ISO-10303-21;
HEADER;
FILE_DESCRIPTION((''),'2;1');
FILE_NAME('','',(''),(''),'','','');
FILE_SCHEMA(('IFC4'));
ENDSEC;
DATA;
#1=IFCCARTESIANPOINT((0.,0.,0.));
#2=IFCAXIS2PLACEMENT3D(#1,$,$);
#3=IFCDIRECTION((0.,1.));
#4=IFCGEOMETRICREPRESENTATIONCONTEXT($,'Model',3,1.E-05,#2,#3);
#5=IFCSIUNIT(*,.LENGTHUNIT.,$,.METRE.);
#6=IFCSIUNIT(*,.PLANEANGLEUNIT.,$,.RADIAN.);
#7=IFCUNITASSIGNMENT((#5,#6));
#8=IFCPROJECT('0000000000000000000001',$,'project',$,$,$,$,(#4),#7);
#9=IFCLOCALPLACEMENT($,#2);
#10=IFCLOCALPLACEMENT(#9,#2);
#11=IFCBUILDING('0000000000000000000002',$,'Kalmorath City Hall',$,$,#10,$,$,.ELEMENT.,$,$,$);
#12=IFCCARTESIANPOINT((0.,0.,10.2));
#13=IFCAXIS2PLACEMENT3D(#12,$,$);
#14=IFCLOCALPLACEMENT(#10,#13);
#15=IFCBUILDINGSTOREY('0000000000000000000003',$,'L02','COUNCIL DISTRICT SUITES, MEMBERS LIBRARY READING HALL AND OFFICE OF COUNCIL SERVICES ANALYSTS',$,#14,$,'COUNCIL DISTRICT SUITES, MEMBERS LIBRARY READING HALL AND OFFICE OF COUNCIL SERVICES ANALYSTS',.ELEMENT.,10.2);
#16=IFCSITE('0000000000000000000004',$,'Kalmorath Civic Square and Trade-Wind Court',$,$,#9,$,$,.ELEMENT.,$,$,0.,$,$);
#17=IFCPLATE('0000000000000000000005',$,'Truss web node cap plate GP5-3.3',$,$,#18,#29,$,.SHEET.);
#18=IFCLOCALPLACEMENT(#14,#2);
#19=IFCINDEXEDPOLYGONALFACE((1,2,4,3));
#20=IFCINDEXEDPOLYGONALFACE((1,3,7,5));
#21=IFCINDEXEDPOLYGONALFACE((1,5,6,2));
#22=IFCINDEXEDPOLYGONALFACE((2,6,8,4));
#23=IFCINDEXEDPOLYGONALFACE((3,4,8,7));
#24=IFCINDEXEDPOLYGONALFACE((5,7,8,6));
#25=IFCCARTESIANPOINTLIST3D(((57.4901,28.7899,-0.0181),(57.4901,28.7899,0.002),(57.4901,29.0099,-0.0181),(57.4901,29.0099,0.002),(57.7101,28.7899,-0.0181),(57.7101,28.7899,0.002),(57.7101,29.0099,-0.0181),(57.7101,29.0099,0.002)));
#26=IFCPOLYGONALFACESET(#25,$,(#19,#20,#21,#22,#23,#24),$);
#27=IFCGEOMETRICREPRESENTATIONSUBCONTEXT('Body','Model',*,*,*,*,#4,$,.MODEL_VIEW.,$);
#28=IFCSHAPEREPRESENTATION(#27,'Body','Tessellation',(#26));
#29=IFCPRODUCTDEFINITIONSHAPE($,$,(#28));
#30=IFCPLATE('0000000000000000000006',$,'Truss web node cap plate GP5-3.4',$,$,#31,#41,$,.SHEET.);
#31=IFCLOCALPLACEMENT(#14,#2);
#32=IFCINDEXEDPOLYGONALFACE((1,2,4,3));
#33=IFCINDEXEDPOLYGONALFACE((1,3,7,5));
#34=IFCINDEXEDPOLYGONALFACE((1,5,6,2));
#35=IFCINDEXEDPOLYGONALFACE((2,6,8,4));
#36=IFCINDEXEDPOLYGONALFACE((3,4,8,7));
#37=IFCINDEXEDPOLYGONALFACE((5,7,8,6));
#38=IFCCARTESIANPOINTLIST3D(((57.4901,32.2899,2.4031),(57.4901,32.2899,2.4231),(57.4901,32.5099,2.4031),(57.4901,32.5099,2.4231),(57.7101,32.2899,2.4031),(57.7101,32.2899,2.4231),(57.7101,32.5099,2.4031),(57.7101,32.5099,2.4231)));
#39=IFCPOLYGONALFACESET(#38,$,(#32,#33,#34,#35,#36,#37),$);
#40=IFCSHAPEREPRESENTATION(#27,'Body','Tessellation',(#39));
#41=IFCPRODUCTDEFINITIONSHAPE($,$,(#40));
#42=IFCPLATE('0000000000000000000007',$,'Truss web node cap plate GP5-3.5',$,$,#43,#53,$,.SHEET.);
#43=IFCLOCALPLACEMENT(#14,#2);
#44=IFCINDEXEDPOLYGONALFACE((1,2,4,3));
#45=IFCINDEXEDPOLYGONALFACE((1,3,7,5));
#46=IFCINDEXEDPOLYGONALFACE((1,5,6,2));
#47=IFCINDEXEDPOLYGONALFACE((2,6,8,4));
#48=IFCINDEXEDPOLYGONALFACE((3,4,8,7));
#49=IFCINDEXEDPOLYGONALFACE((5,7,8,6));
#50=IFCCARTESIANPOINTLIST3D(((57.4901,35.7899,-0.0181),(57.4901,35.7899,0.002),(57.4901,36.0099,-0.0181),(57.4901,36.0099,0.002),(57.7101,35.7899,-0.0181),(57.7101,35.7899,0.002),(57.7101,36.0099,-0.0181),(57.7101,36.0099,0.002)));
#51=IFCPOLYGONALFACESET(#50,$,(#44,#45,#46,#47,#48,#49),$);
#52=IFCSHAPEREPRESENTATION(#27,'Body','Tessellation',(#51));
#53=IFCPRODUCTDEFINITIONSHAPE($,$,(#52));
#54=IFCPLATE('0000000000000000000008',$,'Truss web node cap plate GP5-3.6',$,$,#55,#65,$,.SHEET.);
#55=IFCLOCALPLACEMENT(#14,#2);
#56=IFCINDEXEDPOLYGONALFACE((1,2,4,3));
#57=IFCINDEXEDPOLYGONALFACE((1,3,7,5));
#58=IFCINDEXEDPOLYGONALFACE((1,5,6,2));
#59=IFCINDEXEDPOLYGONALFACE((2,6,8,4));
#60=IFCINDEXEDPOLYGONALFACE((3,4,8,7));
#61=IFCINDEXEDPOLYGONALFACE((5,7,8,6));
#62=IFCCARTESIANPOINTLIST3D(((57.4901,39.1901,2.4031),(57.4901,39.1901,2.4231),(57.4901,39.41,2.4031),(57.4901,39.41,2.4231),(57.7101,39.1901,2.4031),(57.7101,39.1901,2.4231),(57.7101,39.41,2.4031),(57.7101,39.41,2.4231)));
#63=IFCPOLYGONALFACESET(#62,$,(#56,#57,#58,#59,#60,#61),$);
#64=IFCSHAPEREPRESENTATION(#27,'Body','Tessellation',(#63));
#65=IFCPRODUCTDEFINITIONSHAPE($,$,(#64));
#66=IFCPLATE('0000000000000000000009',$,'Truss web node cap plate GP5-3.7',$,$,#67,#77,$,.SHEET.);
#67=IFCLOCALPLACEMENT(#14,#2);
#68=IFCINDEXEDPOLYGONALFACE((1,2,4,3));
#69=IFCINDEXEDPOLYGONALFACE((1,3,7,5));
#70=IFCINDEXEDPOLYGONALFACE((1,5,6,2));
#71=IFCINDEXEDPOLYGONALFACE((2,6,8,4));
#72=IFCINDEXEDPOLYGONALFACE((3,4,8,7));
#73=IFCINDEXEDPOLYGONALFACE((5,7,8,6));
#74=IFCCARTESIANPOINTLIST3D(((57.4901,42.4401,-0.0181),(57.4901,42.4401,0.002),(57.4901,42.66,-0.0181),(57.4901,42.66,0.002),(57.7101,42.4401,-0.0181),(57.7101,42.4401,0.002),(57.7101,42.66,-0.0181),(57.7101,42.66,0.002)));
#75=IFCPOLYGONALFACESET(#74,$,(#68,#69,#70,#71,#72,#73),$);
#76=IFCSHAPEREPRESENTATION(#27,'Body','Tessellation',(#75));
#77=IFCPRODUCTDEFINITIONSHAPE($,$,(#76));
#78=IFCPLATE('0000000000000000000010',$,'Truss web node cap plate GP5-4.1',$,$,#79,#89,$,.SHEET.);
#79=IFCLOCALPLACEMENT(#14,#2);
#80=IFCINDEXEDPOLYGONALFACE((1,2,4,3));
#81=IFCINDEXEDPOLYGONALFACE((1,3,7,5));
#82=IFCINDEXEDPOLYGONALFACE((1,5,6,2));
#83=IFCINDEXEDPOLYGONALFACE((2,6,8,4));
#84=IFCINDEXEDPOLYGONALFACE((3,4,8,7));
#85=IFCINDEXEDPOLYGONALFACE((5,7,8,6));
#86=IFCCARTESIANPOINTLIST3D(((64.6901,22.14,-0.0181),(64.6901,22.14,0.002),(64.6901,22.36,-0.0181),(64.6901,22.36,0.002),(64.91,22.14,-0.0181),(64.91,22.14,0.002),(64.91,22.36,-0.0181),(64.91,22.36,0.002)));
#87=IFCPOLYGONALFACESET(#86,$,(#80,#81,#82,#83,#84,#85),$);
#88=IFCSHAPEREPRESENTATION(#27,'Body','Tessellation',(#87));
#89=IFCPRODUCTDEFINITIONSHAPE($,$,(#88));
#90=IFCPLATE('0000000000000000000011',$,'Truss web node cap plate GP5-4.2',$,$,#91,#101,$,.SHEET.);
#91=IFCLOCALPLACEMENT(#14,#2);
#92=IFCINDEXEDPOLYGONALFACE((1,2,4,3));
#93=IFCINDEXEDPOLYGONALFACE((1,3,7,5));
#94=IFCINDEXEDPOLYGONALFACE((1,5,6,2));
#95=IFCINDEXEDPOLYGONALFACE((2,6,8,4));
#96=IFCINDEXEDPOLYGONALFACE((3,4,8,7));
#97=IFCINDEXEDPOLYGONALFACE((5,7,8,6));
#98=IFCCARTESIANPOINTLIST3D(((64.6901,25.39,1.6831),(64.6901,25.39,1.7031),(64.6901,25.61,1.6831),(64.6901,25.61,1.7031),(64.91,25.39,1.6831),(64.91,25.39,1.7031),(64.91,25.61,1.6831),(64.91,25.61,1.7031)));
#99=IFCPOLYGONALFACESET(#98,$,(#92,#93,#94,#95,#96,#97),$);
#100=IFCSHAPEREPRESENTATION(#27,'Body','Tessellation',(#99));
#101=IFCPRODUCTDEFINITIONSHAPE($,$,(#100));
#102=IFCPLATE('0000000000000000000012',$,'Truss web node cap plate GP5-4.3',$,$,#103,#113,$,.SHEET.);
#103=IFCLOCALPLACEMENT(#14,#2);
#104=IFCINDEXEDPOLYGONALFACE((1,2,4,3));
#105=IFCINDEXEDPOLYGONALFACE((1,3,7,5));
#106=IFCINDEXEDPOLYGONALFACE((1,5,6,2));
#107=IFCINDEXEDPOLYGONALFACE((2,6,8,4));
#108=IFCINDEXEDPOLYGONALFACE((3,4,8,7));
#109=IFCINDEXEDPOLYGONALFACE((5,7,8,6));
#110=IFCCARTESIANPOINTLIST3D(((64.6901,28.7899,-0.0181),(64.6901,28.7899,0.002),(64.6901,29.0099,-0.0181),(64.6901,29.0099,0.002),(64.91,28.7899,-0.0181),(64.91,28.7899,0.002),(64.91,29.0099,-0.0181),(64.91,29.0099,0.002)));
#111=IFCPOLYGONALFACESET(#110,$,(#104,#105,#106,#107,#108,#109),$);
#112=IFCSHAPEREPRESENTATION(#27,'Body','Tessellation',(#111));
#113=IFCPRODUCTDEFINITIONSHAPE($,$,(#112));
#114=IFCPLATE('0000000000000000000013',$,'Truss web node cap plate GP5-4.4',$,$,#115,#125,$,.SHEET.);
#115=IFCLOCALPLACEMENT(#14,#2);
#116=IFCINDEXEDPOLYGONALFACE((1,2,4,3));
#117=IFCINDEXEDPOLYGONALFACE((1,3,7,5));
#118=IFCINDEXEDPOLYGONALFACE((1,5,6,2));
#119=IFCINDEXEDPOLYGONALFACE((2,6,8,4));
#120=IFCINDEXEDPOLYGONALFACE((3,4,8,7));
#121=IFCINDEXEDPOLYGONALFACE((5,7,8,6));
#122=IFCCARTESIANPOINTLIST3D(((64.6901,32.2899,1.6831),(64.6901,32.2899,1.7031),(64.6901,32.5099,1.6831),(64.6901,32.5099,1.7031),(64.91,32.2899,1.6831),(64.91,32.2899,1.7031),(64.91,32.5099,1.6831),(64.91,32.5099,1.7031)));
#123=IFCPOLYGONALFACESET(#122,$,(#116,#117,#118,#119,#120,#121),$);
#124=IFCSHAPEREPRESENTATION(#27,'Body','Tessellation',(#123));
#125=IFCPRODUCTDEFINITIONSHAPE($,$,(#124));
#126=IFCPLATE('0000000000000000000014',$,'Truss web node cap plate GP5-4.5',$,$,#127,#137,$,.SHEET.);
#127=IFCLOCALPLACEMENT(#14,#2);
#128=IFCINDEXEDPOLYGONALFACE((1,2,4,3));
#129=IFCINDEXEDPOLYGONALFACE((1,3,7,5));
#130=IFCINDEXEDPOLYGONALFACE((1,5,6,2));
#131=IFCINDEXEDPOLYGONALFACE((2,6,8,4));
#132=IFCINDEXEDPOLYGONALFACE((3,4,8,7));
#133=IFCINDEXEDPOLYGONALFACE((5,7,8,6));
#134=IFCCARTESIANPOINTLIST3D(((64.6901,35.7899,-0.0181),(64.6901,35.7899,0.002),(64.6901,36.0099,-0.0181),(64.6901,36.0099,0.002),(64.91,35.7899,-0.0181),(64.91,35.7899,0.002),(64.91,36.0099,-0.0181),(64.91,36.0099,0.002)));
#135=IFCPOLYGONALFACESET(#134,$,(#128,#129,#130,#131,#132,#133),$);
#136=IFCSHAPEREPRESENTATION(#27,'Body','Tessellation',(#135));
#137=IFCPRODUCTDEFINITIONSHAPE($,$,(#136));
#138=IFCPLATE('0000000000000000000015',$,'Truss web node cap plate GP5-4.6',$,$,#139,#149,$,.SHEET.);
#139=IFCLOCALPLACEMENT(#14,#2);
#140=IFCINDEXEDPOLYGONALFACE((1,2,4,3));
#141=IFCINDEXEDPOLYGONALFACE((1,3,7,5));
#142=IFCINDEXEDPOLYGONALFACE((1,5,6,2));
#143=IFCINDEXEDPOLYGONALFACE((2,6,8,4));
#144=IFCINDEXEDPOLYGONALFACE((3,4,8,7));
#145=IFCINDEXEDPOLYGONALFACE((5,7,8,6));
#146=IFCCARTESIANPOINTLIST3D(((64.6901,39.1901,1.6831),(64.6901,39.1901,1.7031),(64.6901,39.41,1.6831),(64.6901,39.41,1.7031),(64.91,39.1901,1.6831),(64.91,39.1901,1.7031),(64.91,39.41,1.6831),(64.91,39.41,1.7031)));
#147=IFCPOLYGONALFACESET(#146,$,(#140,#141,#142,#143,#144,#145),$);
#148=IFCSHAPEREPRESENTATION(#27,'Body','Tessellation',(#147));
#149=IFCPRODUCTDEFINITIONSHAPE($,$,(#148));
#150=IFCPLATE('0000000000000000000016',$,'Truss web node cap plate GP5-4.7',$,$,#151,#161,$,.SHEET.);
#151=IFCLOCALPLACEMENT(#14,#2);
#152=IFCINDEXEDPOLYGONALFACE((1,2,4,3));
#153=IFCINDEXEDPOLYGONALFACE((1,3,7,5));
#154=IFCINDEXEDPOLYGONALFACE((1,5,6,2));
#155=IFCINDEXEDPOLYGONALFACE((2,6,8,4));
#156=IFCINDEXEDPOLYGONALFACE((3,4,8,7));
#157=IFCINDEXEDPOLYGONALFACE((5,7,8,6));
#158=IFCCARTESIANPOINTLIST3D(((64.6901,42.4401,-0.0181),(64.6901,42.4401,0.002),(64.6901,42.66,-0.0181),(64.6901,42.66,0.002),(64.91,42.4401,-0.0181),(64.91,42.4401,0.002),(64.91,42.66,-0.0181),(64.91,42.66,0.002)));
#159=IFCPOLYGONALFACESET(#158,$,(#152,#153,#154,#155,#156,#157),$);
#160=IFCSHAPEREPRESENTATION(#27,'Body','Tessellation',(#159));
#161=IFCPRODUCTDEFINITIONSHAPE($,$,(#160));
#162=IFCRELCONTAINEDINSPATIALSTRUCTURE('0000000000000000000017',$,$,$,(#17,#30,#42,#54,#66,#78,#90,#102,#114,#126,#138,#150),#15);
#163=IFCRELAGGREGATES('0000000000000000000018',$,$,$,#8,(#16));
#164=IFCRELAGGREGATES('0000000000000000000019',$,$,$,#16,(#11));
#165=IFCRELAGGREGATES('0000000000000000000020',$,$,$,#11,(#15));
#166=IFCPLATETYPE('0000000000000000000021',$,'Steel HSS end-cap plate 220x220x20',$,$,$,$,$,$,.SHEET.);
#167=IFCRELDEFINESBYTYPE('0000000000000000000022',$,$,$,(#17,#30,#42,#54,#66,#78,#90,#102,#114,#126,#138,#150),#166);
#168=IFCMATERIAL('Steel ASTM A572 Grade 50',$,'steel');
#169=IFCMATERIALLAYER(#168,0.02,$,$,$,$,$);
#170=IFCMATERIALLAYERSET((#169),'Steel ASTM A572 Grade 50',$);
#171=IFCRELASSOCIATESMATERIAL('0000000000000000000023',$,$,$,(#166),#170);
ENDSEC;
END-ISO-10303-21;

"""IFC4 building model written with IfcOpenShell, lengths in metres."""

from ifc_helpers import new_model, si_unit, direction, frame, origin, origin_2d, place, context, subcontext, project, spatial, rectangle, extrude, material, layer, layer_set, type_object, element, save


model = new_model("IFC4")

# Units and contexts
model_context = context("Model", 3, precision=1e-05, world=origin(), true_north=direction((0.0, 1.0)))
body_context = subcontext(model_context, "Body", "Model", "MODEL_VIEW")
ifc_project = project(units=[si_unit("LENGTHUNIT", "METRE"), si_unit("PLANEANGLEUNIT", "RADIAN")], contexts=[model_context])

# Site, building, storey
site_placement = place(None, origin())
site = spatial("IfcSite", under=ifc_project, at=site_placement, Name="Kalmorath Civic Square and Trade-Wind Court", CompositionType="ELEMENT", RefElevation=0.0)
building_placement = place(site_placement, origin())
building = spatial("IfcBuilding", under=site, at=building_placement, Name="Kalmorath City Hall", CompositionType="ELEMENT")
storey_placement = place(building_placement, frame((0.0, 0.0, 10.2)))
storey = spatial("IfcBuildingStorey", under=building, at=storey_placement, Name="L02", Description="COUNCIL DISTRICT SUITES, MEMBERS LIBRARY READING HALL AND OFFICE OF COUNCIL SERVICES ANALYSTS", LongName="COUNCIL DISTRICT SUITES, MEMBERS LIBRARY READING HALL AND OFFICE OF COUNCIL SERVICES ANALYSTS", CompositionType="ELEMENT", Elevation=10.2)

# Plates
ifc_material_1 = material(Name="Steel ASTM A572 Grade 50", Category="steel")
ifc_layer_1 = layer(ifc_material_1, 0.02)
ifc_layer_set_1 = layer_set([ifc_layer_1], Name="Steel ASTM A572 Grade 50")
plate_type = type_object("IfcPlateType", Name="Steel HSS end-cap plate 220x220x20", PredefinedType="SHEET", material=ifc_layer_set_1)
for number, where, z_axis, x_axis, name in (
    (1, (57.6001, 28.8999, -0.0181), (0.0, 0.0, 1.0), (1.0, 0.0, 0.0), "Truss web node cap plate GP5-3.3"),
    (2, (57.6001, 32.3999, 2.4031), (0.0, 0.0, 1.0), (1.0, 0.0, 0.0), "Truss web node cap plate GP5-3.4"),
    (3, (57.6001, 35.8999, -0.0181), (0.0, 0.0, 1.0), (1.0, 0.0, 0.0), "Truss web node cap plate GP5-3.5"),
    (4, (57.6001, 39.3, 2.4031), (0.0, 0.0, 1.0), (1.0, 0.0, 0.0), "Truss web node cap plate GP5-3.6"),
    (5, (57.6001, 42.55, -0.0181), (0.0, 0.0, 1.0), (1.0, 0.0, 0.0), "Truss web node cap plate GP5-3.7"),
    (6, (64.8, 22.25, -0.0181), (0.0, 0.0, 1.0), (1.0, 0.0, 0.0), "Truss web node cap plate GP5-4.1"),
    (7, (64.8, 25.5, 1.6831), (0.0, 0.0, 1.0), (1.0, 0.0, 0.0), "Truss web node cap plate GP5-4.2"),
    (8, (64.8, 28.8999, -0.0181), (0.0, 0.0, 1.0), (1.0, 0.0, 0.0), "Truss web node cap plate GP5-4.3"),
    (9, (64.8, 32.3999, 1.6831), (0.0, 0.0, 1.0), (1.0, 0.0, 0.0), "Truss web node cap plate GP5-4.4"),
    (10, (64.8, 35.8999, -0.0181), (0.0, 0.0, 1.0), (1.0, 0.0, 0.0), "Truss web node cap plate GP5-4.5"),
    (11, (64.8, 39.3, 1.6831), (0.0, 0.0, 1.0), (1.0, 0.0, 0.0), "Truss web node cap plate GP5-4.6"),
    (12, (64.8, 42.55, -0.0181), (0.0, 0.0, 1.0), (1.0, 0.0, 0.0), "Truss web node cap plate GP5-4.7"),
):
    element("IfcPlate", number, at=place(storey_placement, frame(where, z_axis=z_axis, x_axis=x_axis)), inside=storey, type_object=plate_type, Name=name, PredefinedType="SHEET", context=body_context, shape_type="SweptSolid", body=[
        extrude(rectangle(XDim=0.22, YDim=0.22, at=origin_2d()), origin(), (0.0, 0.0, 1.0), 0.02),
    ])

save(model, "model.ifc")
